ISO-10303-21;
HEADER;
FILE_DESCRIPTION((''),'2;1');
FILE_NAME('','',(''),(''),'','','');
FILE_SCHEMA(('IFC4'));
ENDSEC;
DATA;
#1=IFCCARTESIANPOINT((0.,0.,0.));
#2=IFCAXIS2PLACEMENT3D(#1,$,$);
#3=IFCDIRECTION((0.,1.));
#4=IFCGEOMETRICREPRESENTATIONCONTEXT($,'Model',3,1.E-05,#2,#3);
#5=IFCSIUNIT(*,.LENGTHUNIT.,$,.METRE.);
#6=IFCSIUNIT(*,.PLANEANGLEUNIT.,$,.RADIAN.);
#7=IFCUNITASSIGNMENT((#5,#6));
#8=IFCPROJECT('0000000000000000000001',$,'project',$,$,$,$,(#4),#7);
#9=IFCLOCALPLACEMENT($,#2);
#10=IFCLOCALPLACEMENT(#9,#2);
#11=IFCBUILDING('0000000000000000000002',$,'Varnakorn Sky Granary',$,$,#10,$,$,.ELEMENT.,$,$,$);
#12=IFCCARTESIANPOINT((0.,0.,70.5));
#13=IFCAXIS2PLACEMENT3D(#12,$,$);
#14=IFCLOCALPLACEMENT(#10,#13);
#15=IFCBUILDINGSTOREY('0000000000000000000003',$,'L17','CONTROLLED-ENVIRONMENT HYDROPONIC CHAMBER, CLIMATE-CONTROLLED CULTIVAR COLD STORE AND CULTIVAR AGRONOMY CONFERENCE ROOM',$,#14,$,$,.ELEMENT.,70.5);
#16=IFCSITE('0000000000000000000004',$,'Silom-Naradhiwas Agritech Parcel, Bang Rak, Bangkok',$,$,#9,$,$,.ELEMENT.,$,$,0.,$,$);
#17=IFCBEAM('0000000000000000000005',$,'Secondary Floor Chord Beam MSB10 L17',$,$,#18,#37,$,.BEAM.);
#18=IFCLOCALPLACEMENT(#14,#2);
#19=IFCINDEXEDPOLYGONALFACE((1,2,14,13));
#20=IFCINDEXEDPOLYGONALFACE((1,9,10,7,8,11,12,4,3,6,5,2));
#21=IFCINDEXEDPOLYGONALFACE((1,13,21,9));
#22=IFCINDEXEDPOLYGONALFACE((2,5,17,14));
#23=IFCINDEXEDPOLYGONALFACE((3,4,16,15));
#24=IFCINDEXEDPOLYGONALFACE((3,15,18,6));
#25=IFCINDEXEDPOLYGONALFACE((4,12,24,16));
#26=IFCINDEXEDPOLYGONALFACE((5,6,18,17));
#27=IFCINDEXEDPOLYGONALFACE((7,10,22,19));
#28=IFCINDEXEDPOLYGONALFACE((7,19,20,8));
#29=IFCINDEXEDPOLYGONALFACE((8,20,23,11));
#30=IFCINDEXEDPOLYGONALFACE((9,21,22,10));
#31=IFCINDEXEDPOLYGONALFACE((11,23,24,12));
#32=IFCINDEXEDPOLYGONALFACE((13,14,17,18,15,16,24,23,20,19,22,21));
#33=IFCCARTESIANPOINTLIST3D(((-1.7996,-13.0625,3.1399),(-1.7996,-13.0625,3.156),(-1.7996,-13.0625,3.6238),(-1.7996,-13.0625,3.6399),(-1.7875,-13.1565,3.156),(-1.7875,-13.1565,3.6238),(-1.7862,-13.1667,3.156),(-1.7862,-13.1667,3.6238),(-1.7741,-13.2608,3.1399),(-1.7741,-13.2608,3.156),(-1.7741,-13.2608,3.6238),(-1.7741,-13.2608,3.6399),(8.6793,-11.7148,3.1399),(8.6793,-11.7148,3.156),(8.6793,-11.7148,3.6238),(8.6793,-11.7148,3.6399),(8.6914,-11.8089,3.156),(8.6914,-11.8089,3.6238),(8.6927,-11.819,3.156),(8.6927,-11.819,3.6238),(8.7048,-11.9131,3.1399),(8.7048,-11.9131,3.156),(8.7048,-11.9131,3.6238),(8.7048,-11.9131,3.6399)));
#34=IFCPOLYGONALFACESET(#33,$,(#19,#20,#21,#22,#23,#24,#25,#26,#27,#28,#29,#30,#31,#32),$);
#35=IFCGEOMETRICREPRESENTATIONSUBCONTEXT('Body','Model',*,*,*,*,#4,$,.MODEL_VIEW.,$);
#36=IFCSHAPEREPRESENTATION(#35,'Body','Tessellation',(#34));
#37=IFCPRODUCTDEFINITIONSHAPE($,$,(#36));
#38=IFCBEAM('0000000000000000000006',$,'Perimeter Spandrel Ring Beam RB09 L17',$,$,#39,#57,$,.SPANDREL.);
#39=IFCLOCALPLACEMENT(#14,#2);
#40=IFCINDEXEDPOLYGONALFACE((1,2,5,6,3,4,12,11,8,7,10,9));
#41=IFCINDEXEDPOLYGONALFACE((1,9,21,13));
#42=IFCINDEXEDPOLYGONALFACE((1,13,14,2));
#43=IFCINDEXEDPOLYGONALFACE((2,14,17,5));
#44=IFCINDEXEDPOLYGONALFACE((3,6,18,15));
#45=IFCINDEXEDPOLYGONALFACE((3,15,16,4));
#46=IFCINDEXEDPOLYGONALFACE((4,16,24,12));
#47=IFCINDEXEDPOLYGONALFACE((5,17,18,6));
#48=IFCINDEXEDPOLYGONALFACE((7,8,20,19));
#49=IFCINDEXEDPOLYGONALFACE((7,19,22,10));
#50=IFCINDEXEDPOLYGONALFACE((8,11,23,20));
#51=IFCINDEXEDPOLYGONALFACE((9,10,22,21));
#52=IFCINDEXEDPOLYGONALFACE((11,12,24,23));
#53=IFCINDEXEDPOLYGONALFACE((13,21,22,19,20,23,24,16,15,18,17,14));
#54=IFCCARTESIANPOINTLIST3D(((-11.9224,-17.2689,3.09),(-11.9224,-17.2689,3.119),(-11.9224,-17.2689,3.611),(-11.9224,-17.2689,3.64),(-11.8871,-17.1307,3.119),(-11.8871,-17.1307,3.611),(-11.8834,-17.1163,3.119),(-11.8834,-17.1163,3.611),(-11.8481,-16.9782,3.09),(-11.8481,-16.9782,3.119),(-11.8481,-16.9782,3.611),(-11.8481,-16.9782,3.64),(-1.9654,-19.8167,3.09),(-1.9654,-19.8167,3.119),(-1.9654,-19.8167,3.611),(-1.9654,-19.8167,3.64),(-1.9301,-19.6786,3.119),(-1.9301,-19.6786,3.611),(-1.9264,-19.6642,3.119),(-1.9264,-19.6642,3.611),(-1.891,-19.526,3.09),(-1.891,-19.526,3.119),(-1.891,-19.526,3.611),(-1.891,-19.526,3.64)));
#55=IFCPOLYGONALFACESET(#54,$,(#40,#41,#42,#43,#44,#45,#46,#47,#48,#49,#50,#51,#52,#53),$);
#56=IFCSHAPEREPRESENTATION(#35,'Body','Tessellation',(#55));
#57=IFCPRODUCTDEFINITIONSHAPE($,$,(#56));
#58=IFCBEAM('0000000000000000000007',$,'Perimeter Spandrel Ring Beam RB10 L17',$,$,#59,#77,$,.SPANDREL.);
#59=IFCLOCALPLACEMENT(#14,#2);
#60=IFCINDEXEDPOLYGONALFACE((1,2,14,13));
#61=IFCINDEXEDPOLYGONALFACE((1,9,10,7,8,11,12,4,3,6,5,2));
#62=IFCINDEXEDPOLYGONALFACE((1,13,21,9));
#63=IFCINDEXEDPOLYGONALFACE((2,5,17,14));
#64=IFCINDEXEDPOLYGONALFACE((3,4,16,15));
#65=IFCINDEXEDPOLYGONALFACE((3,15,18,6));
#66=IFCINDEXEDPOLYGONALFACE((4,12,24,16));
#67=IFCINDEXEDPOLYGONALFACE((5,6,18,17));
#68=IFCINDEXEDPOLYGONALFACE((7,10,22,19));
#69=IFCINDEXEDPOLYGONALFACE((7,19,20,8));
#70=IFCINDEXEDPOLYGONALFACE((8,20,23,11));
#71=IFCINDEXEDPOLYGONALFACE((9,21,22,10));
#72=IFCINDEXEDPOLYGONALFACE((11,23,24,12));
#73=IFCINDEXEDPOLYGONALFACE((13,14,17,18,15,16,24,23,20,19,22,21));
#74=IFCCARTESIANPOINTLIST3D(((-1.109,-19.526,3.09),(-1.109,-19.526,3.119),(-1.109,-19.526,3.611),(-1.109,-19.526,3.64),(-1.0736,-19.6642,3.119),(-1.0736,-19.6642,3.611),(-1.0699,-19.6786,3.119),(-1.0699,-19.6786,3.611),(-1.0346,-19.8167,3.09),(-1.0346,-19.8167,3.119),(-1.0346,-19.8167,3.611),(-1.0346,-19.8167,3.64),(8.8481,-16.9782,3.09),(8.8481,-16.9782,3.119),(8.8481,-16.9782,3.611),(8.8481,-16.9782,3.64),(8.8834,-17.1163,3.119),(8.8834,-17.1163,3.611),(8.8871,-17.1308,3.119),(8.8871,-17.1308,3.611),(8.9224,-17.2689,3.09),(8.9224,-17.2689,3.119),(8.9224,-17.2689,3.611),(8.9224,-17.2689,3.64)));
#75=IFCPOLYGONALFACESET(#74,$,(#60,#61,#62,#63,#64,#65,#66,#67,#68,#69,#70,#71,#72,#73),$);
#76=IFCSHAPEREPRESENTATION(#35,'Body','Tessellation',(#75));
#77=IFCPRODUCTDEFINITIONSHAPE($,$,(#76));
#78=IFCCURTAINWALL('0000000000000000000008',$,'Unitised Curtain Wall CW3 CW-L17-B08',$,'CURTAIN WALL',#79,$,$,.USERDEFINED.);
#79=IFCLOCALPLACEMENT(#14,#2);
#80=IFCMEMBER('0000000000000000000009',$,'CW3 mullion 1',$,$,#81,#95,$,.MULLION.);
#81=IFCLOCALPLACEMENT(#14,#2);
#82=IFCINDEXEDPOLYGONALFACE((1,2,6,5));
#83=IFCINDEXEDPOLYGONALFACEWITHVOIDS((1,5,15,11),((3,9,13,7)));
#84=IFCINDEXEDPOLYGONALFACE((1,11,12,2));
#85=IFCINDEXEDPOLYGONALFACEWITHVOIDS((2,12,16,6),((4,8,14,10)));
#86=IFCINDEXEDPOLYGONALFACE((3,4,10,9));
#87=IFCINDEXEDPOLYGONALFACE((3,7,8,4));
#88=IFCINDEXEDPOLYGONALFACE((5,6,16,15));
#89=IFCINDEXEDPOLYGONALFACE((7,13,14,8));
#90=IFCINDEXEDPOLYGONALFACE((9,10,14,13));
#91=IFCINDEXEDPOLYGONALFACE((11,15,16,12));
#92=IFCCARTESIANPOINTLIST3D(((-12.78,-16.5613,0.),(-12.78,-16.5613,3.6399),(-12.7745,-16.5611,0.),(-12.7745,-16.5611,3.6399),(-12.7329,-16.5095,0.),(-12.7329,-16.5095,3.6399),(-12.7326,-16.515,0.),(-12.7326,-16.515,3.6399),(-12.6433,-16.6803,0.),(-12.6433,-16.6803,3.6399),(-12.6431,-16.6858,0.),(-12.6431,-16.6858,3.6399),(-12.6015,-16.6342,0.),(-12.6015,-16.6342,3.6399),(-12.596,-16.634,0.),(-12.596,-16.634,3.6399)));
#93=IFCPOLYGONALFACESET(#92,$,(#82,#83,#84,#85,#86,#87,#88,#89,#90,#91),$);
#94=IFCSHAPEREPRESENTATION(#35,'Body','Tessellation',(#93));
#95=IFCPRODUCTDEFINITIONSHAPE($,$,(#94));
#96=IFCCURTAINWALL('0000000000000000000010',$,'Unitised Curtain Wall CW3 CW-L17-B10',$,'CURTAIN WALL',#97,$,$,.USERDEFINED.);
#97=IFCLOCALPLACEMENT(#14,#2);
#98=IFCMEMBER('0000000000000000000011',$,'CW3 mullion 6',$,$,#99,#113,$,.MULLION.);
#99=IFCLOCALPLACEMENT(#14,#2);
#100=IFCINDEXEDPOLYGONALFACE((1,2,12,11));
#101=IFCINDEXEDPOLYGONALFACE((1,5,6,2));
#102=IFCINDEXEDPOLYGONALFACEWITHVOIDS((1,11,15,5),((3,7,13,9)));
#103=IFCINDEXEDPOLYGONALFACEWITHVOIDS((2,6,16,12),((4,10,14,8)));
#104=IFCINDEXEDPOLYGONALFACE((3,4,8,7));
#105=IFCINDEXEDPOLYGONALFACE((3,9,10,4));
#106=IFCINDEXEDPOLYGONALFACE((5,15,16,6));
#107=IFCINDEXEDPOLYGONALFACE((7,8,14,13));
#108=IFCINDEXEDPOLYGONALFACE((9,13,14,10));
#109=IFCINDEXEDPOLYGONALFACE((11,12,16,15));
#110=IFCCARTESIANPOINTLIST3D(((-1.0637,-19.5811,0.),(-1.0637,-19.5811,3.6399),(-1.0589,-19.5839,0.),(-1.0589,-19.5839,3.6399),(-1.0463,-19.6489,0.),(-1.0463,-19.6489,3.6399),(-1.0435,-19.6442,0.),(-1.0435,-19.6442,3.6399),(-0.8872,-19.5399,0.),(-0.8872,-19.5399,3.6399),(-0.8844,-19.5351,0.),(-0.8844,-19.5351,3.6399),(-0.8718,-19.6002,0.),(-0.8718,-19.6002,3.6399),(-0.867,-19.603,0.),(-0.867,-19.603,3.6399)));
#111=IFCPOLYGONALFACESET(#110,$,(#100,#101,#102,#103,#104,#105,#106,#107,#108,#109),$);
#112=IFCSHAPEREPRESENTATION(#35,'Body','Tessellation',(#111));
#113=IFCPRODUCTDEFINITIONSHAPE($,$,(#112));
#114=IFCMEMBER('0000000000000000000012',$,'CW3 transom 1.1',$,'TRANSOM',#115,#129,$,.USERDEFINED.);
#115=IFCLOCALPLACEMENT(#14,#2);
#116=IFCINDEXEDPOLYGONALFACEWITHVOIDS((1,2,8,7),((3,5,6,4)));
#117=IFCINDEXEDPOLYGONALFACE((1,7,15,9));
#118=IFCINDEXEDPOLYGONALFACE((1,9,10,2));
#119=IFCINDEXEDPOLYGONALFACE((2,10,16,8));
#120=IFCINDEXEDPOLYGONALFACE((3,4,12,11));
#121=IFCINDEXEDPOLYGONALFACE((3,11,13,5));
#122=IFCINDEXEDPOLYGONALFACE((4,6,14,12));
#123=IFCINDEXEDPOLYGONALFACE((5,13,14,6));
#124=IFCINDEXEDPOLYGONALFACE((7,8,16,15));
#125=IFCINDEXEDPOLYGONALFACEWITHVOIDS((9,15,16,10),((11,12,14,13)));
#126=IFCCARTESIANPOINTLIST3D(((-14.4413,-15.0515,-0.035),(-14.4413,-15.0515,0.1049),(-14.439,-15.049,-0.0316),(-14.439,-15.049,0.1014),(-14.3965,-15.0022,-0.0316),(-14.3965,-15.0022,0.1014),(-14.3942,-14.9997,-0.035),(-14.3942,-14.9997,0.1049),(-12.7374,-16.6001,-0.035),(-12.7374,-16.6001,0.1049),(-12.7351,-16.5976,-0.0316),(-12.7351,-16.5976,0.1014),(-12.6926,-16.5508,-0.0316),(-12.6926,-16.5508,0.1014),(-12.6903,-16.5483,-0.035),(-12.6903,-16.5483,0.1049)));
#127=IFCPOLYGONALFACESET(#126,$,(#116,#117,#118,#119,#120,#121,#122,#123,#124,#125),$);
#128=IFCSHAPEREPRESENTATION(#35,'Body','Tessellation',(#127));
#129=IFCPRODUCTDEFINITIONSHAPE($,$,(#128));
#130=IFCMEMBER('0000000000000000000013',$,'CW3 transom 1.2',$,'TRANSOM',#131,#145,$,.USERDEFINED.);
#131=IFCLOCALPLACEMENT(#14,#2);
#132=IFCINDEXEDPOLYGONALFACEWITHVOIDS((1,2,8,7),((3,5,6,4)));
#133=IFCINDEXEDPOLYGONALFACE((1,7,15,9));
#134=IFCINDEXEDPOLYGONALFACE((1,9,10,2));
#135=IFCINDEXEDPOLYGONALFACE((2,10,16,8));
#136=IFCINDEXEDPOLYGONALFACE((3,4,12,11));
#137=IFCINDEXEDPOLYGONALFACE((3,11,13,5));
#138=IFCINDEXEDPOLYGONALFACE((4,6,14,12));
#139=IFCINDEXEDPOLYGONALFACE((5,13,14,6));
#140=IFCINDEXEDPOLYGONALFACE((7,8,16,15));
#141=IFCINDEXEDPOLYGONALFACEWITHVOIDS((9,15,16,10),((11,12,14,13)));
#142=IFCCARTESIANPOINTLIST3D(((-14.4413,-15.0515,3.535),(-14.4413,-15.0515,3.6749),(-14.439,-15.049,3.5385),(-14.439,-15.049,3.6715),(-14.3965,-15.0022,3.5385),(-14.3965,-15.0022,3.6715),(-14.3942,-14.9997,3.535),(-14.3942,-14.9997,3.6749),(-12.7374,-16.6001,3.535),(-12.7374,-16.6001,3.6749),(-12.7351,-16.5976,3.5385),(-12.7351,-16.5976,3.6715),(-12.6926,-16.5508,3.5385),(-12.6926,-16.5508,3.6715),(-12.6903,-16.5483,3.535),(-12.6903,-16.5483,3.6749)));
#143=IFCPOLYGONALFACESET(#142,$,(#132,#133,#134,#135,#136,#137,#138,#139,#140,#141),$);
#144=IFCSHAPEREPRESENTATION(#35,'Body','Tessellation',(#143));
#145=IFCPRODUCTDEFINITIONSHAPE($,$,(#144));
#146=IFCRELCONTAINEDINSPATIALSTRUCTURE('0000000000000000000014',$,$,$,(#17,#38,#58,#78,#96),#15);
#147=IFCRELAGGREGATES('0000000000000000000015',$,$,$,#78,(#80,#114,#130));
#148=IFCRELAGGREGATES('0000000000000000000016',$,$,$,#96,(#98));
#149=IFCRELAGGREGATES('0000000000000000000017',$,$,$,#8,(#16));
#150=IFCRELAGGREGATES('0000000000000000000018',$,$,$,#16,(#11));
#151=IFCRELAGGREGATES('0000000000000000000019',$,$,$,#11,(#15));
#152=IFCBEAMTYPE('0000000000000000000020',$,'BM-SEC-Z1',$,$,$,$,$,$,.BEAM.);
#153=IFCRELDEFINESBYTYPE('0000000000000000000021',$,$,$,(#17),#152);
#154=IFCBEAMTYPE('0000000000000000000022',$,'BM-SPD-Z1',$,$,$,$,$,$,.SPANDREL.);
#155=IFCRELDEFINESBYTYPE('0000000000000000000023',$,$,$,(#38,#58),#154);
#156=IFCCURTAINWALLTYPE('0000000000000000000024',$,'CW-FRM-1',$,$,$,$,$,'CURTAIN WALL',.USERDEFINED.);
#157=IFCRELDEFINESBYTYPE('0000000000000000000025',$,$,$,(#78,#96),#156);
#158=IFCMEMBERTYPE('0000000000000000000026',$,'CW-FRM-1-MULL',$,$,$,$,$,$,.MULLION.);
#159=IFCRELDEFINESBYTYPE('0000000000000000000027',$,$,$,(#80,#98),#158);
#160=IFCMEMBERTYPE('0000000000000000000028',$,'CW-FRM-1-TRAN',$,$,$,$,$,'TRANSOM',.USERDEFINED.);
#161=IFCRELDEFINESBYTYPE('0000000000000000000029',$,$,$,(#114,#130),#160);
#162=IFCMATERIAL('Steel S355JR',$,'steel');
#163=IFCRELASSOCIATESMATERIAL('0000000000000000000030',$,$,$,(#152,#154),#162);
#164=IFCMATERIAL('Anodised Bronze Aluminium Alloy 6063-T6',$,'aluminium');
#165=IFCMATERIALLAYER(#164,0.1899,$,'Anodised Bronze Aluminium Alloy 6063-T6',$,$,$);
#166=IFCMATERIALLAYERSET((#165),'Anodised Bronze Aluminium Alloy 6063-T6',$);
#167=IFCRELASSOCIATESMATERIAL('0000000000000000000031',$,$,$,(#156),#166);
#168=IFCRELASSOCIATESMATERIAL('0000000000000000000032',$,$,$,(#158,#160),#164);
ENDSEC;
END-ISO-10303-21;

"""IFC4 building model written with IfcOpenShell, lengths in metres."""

from ifc_helpers import new_model, si_unit, direction, frame, origin, origin_2d, place, context, subcontext, project, spatial, hollow_rectangle, i_section, extrude, material, layer, layer_set, material_profile, profile_set, type_object, element, aggregate, save


model = new_model("IFC4")

# Units and contexts
model_context = context("Model", 3, precision=1e-05, world=origin(), true_north=direction((0.0, 1.0)))
body_context = subcontext(model_context, "Body", "Model", "MODEL_VIEW")
ifc_project = project(units=[si_unit("LENGTHUNIT", "METRE"), si_unit("PLANEANGLEUNIT", "RADIAN")], contexts=[model_context])

# Site, building, storey
site_placement = place(None, origin())
site = spatial("IfcSite", under=ifc_project, at=site_placement, Name="Silom-Naradhiwas Agritech Parcel, Bang Rak, Bangkok", CompositionType="ELEMENT", RefElevation=0.0)
building_placement = place(site_placement, origin())
building = spatial("IfcBuilding", under=site, at=building_placement, Name="Varnakorn Sky Granary", CompositionType="ELEMENT")
storey_placement = place(building_placement, frame((0.0, 0.0, 70.5)))
storey = spatial("IfcBuildingStorey", under=building, at=storey_placement, Name="L17", Description="CONTROLLED-ENVIRONMENT HYDROPONIC CHAMBER, CLIMATE-CONTROLLED CULTIVAR COLD STORE AND CULTIVAR AGRONOMY CONFERENCE ROOM", CompositionType="ELEMENT", Elevation=70.5)

# Beams
ifc_material_1 = material(Name="Steel S355JR", Category="steel")
ifc_material_profile_1 = material_profile(ifc_material_1, i_section(OverallWidth=0.2, OverallDepth=0.5, WebThickness=0.0103, FlangeThickness=0.0161, at=origin_2d()), Name="IPE 500")
ifc_profile_set_1 = profile_set([ifc_material_profile_1], Name="Steel S355JR")
beam_type_1 = type_object("IfcBeamType", Name="BM-SEC-Z1", PredefinedType="BEAM", material=ifc_profile_set_1)
beam_1_placement = place(storey_placement, frame((-1.7869, -13.1616, 3.3899), z_axis=(0.991831, 0.127558, 0.0), x_axis=(-0.127558, 0.991831, 0.0)))
element("IfcBeam", 1, at=beam_1_placement, inside=storey, type_object=beam_type_1, Name="Secondary Floor Chord Beam MSB10 L17", PredefinedType="BEAM", context=body_context, shape_type="SweptSolid", body=[
    extrude(i_section(OverallWidth=0.2, OverallDepth=0.5, WebThickness=0.0103, FlangeThickness=0.0161, at=origin_2d()), origin(), (0.0, 0.0, 1.0), 10.5652),
])
ifc_material_profile_2 = material_profile(ifc_material_1, i_section(OverallWidth=0.3, OverallDepth=0.55, WebThickness=0.0149, FlangeThickness=0.0291, at=origin_2d()), Name="HE 550 B")
ifc_profile_set_2 = profile_set([ifc_material_profile_2], Name="Steel S355JR")
beam_type_2 = type_object("IfcBeamType", Name="BM-SPD-Z1", PredefinedType="SPANDREL", material=ifc_profile_set_2)
for number, where, z_axis, x_axis, name in (
    (2, (-11.8853, -17.1235, 3.365), (0.968786, -0.247898, 0.0), (0.247898, 0.968786, 0.0), "Perimeter Spandrel Ring Beam RB09 L17"),
    (3, (-1.0718, -19.6714, 3.365), (0.968786, 0.247898, 0.0), (-0.247898, 0.968786, 0.0), "Perimeter Spandrel Ring Beam RB10 L17"),
):
    element("IfcBeam", number, at=place(storey_placement, frame(where, z_axis=z_axis, x_axis=x_axis)), inside=storey, type_object=beam_type_2, Name=name, PredefinedType="SPANDREL", context=body_context, shape_type="SweptSolid", body=[
        extrude(i_section(OverallWidth=0.3, OverallDepth=0.55, WebThickness=0.0149, FlangeThickness=0.0291, at=origin_2d()), origin(), (0.0, 0.0, 1.0), 10.2778),
    ])

# Curtain walls, members
ifc_material_2 = material(Name="Anodised Bronze Aluminium Alloy 6063-T6", Category="aluminium")
ifc_layer_1 = layer(ifc_material_2, 0.1899, Name="Anodised Bronze Aluminium Alloy 6063-T6")
ifc_layer_set_1 = layer_set([ifc_layer_1], Name="Anodised Bronze Aluminium Alloy 6063-T6")
curtain_wall_type = type_object("IfcCurtainWallType", Name="CW-FRM-1", ElementType="CURTAIN WALL", PredefinedType="USERDEFINED", material=ifc_layer_set_1)
curtain_wall_1_placement = place(storey_placement, origin())
curtain_wall_1 = element("IfcCurtainWall", 4, at=curtain_wall_1_placement, inside=storey, type_object=curtain_wall_type, Name="Unitised Curtain Wall CW3 CW-L17-B08", ObjectType="CURTAIN WALL", PredefinedType="USERDEFINED")
ifc_material_profile_3 = material_profile(ifc_material_2, hollow_rectangle(XDim=0.0701, YDim=0.1851, WallThickness=0.0039, at=origin_2d()), Name="ALU MULL 70x185")
ifc_profile_set_3 = profile_set([ifc_material_profile_3], Name="Anodised Bronze Aluminium Alloy 6063-T6")
member_type_1 = type_object("IfcMemberType", Name="CW-FRM-1-MULL", PredefinedType="MULLION", material=ifc_profile_set_3)
member_1_placement = place(storey_placement, frame((-12.688, -16.5977, 0.0), z_axis=(0.0, 0.0, 1.0), x_axis=(-0.672582, -0.740022, 0.0)))
member_1 = element("IfcMember", 5, at=member_1_placement, type_object=member_type_1, Name="CW3 mullion 1", PredefinedType="MULLION", context=body_context, shape_type="SweptSolid", body=[
    extrude(hollow_rectangle(XDim=0.0701, YDim=0.1851, WallThickness=0.0039, at=origin_2d()), origin(), (0.0, 0.0, 1.0), 3.6399),
])
curtain_wall_2_placement = place(storey_placement, origin())
curtain_wall_2 = element("IfcCurtainWall", 6, at=curtain_wall_2_placement, inside=storey, type_object=curtain_wall_type, Name="Unitised Curtain Wall CW3 CW-L17-B10", ObjectType="CURTAIN WALL", PredefinedType="USERDEFINED")
member_2_placement = place(storey_placement, frame((-0.9653, -19.592, 0.0), z_axis=(0.0, 0.0, 1.0), x_axis=(0.248054, -0.968746, 0.0)))
member_2 = element("IfcMember", 7, at=member_2_placement, type_object=member_type_1, Name="CW3 mullion 6", PredefinedType="MULLION", context=body_context, shape_type="SweptSolid", body=[
    extrude(hollow_rectangle(XDim=0.0701, YDim=0.1851, WallThickness=0.0039, at=origin_2d()), origin(), (0.0, 0.0, 1.0), 3.6399),
])

# Members
ifc_material_profile_4 = material_profile(ifc_material_2, hollow_rectangle(XDim=0.0701, YDim=0.1399, WallThickness=0.0034, at=origin_2d()), Name="ALU TRAN 70x140")
ifc_profile_set_4 = profile_set([ifc_material_profile_4], Name="Anodised Bronze Aluminium Alloy 6063-T6")
member_type_2 = type_object("IfcMemberType", Name="CW-FRM-1-TRAN", ElementType="TRANSOM", PredefinedType="USERDEFINED", material=ifc_profile_set_4)
member_3_placement = place(storey_placement, frame((-12.7139, -16.5742, 0.0349), z_axis=(-0.740022, 0.672583, 0.0), x_axis=(-0.672583, -0.740022, 0.0)))
member_3 = element("IfcMember", 8, at=member_3_placement, type_object=member_type_2, Name="CW3 transom 1.1", ObjectType="TRANSOM", PredefinedType="USERDEFINED", context=body_context, shape_type="SweptSolid", body=[
    extrude(hollow_rectangle(XDim=0.0701, YDim=0.1399, WallThickness=0.0034, at=origin_2d()), origin(), (0.0, 0.0, 1.0), 2.3025),
])
member_4_placement = place(storey_placement, frame((-12.7139, -16.5742, 3.605), z_axis=(-0.740022, 0.672583, 0.0), x_axis=(-0.672583, -0.740022, 0.0)))
member_4 = element("IfcMember", 9, at=member_4_placement, type_object=member_type_2, Name="CW3 transom 1.2", ObjectType="TRANSOM", PredefinedType="USERDEFINED", context=body_context, shape_type="SweptSolid", body=[
    extrude(hollow_rectangle(XDim=0.0701, YDim=0.1399, WallThickness=0.0034, at=origin_2d()), origin(), (0.0, 0.0, 1.0), 2.3025),
])

aggregate(curtain_wall_1, [member_1, member_3, member_4])
aggregate(curtain_wall_2, [member_2])

save(model, "model.ifc")
